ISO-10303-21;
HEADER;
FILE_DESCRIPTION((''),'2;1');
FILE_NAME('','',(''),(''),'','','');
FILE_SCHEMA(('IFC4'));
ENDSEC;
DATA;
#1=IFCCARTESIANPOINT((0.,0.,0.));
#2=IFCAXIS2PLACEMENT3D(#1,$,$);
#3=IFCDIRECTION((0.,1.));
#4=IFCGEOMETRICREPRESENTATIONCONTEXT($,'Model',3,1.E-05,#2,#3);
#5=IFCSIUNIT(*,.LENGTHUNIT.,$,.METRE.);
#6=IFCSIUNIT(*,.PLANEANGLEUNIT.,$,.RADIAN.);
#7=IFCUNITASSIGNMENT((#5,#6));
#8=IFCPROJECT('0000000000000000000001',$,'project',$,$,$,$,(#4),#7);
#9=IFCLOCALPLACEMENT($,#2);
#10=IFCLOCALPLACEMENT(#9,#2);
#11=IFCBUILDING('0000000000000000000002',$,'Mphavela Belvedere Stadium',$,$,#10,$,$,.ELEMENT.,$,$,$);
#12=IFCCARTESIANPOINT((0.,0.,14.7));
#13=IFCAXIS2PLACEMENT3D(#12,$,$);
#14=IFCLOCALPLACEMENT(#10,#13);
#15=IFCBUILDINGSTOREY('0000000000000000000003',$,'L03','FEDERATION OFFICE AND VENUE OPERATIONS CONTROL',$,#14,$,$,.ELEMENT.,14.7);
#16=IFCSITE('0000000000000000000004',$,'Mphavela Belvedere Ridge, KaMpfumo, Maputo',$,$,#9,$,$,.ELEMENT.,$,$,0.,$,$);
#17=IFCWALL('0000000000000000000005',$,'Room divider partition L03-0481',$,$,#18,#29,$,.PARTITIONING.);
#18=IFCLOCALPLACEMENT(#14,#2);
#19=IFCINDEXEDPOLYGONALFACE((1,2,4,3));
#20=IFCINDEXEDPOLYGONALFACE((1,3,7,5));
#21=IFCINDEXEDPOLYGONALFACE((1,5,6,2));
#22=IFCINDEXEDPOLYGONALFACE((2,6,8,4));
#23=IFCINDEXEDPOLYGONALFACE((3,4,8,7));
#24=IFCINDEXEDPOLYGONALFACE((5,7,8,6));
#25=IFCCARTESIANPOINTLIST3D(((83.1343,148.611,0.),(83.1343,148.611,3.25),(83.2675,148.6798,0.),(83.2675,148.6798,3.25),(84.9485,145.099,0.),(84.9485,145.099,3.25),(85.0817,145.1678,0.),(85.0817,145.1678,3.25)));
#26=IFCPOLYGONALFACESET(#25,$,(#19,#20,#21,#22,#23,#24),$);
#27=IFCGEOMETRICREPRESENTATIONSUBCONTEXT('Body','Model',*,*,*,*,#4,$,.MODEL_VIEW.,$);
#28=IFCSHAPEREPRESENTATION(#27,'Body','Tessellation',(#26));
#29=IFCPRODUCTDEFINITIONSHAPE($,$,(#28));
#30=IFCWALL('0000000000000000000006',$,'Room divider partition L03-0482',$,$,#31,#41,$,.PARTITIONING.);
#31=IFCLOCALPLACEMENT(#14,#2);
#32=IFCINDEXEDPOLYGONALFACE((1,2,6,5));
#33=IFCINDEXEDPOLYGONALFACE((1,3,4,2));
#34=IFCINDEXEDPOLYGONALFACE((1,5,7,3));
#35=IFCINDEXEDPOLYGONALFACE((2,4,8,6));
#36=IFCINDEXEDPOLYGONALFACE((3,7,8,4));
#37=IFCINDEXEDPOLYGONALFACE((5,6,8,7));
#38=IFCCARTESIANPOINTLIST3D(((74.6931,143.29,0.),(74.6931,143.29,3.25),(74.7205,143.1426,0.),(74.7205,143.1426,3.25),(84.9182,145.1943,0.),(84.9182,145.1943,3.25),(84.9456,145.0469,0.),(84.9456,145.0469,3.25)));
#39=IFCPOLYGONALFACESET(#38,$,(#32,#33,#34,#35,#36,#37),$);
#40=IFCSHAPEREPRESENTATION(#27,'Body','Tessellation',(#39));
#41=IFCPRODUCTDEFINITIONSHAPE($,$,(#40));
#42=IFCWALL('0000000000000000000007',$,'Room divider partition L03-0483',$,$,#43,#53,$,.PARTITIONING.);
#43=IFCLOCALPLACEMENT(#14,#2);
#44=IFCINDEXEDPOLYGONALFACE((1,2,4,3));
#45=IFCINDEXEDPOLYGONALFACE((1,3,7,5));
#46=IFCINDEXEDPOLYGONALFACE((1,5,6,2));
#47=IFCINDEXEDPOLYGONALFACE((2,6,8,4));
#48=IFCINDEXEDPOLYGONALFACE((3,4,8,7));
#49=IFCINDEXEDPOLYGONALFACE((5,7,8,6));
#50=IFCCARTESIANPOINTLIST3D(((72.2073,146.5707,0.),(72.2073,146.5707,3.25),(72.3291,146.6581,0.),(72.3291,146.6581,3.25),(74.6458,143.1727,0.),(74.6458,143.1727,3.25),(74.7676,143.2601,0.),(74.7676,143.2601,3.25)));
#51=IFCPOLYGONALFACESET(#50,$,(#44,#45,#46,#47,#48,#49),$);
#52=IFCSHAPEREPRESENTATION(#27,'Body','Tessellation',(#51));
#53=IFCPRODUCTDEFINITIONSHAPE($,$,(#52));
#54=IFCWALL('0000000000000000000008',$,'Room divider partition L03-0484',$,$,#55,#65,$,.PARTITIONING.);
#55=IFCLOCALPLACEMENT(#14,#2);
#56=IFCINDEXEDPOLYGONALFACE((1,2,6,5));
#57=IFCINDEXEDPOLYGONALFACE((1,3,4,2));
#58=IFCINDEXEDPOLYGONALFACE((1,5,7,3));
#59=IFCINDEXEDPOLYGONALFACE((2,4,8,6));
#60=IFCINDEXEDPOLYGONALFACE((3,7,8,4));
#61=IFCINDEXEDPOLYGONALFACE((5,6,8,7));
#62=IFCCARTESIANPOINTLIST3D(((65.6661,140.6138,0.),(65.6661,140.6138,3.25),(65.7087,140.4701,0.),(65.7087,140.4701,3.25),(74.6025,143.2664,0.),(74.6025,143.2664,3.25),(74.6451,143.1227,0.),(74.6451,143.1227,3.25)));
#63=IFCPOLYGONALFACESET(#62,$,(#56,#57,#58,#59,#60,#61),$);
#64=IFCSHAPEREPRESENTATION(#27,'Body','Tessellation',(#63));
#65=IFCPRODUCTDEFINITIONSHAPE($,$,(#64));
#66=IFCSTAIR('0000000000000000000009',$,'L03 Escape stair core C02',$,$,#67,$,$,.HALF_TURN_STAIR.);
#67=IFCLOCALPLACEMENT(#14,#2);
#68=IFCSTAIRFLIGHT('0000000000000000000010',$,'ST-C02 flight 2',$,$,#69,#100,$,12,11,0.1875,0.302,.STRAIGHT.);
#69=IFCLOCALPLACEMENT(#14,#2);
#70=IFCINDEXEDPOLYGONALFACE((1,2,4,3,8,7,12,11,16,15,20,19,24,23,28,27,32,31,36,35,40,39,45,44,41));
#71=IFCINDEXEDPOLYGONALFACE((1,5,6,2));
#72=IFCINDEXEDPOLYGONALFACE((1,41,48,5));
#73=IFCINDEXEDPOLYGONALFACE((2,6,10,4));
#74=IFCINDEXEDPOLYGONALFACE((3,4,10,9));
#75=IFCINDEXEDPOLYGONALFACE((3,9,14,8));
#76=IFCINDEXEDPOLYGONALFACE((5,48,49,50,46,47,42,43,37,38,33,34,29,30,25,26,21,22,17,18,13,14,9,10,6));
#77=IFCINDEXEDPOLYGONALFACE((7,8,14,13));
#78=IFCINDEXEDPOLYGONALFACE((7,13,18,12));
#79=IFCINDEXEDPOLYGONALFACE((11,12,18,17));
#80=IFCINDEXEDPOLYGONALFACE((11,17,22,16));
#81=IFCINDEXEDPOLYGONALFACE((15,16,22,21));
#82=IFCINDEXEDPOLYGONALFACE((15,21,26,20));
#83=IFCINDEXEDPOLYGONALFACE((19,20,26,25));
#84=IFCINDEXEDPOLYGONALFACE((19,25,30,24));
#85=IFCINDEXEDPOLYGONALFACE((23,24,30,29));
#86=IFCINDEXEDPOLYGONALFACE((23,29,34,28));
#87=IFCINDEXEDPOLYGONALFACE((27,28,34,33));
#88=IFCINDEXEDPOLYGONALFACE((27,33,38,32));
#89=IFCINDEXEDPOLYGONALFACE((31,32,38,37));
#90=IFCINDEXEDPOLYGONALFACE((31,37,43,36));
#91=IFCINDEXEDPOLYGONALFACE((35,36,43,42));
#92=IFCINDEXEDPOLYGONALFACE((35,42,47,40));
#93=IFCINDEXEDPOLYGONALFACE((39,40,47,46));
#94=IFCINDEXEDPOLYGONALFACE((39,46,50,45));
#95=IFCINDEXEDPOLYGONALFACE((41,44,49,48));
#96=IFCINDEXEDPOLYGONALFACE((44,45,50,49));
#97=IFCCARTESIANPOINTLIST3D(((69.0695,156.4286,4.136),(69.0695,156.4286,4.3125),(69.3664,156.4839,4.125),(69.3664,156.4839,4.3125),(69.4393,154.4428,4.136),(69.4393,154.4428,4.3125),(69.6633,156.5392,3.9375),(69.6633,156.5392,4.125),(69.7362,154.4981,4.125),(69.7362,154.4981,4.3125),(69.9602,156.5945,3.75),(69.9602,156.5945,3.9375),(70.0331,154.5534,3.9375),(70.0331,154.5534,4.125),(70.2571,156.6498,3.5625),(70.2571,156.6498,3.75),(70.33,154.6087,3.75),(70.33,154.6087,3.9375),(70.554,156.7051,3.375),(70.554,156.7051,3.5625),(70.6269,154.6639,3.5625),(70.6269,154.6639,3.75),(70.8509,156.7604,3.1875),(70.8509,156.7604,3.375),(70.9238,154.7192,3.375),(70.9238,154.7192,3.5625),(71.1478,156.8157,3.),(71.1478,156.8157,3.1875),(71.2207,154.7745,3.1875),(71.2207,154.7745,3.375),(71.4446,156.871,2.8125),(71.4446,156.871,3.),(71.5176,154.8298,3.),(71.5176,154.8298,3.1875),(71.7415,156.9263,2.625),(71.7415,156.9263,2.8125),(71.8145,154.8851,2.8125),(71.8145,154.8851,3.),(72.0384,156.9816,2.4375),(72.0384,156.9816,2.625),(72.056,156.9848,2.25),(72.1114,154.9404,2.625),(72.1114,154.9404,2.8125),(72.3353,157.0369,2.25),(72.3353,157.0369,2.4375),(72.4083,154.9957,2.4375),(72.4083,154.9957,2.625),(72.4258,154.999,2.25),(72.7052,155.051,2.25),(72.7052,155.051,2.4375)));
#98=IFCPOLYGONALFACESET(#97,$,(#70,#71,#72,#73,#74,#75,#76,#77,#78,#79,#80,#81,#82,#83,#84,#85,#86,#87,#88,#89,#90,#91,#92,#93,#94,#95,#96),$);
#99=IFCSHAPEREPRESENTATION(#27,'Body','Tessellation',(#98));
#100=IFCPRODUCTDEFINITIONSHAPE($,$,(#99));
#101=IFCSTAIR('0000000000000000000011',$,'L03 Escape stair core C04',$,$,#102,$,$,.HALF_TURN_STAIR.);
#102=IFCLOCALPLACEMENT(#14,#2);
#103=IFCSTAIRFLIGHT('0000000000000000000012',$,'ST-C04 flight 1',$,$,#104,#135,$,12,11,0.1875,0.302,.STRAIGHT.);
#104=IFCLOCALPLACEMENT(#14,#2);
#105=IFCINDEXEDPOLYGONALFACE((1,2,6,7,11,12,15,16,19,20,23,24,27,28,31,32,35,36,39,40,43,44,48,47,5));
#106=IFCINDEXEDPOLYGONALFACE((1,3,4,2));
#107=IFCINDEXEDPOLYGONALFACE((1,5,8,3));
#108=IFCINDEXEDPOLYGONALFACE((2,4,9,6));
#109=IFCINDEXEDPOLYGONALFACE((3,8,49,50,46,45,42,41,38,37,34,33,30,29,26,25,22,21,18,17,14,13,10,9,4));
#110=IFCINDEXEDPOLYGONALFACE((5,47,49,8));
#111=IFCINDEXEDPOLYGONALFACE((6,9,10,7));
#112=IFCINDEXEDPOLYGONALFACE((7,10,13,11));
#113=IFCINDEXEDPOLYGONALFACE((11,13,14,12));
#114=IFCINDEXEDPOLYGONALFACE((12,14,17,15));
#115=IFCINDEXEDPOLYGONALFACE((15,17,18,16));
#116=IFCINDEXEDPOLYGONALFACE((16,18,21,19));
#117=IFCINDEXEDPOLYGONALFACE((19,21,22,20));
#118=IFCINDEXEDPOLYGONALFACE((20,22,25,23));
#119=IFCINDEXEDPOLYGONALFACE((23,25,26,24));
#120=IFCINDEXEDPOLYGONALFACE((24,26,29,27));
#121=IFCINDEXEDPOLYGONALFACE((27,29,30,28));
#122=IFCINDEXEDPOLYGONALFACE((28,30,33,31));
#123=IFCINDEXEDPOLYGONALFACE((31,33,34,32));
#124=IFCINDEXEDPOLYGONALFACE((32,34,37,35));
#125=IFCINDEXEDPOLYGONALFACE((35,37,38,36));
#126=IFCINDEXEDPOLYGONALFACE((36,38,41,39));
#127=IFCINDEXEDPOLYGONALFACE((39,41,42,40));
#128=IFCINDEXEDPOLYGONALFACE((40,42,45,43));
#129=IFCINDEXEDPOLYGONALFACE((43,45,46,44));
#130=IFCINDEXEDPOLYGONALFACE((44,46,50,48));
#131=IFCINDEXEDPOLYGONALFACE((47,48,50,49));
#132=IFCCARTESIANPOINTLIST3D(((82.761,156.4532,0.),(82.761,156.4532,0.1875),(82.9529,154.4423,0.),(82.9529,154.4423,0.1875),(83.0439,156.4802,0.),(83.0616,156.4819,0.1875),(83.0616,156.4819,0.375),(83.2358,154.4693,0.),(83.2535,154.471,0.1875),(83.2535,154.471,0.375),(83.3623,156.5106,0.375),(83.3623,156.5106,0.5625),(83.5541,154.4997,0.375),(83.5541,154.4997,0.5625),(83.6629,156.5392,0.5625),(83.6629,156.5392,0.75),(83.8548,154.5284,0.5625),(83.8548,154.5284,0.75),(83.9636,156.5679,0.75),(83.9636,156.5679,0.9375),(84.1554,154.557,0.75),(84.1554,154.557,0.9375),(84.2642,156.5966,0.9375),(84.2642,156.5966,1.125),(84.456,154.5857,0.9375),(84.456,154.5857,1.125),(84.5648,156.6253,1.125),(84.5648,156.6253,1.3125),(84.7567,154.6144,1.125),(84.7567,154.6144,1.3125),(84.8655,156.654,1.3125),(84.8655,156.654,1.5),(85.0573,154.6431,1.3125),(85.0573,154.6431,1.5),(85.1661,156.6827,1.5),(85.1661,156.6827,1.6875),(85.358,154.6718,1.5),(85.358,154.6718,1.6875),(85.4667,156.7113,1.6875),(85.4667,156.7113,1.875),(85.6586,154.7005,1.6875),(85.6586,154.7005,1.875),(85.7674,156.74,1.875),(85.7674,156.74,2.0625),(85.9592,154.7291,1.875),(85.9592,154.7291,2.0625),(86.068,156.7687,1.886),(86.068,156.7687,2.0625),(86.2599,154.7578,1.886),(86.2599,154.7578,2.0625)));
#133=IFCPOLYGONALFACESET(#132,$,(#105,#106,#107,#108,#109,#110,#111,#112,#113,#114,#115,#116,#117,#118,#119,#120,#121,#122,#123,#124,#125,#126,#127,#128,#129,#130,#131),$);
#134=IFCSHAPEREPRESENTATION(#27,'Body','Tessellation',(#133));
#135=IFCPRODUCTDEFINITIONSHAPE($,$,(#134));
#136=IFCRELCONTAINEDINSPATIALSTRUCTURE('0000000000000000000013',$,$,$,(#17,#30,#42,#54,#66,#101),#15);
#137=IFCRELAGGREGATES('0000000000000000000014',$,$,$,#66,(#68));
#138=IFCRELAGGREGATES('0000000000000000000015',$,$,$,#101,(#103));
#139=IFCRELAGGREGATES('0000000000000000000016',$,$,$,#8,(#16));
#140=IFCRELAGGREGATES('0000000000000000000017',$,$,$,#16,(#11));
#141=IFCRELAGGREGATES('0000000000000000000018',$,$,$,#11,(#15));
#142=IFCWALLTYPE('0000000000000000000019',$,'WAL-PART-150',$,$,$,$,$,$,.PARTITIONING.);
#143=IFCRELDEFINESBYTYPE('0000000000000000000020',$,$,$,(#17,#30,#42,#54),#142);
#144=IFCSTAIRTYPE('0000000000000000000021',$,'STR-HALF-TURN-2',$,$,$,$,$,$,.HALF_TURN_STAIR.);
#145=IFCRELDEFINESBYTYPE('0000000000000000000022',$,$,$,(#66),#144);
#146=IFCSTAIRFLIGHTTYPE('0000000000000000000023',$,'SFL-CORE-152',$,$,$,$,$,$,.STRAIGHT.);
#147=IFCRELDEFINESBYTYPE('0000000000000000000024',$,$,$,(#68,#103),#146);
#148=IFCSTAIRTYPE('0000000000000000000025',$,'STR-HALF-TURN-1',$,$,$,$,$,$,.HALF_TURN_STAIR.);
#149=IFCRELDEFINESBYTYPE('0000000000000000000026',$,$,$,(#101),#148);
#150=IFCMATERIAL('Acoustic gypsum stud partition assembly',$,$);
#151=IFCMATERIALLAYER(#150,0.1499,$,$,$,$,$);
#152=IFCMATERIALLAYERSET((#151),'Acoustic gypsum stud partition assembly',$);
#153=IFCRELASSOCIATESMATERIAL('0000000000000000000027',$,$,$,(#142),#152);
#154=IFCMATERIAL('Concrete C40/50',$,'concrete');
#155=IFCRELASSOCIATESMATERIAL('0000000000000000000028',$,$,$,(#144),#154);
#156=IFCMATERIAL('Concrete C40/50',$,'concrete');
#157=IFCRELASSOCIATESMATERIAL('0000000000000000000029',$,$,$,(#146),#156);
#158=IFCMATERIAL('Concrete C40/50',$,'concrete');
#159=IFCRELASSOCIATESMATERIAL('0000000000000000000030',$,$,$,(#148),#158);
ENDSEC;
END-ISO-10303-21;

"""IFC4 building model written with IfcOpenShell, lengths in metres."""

from ifc_helpers import new_model, si_unit, direction, frame, frame_2d, origin, place, context, subcontext, project, spatial, polyline, rectangle, outline, extrude, material, layer, layer_set, type_object, element, aggregate, save


model = new_model("IFC4")

# Units and contexts
model_context = context("Model", 3, precision=1e-05, world=origin(), true_north=direction((0.0, 1.0)))
body_context = subcontext(model_context, "Body", "Model", "MODEL_VIEW")
ifc_project = project(units=[si_unit("LENGTHUNIT", "METRE"), si_unit("PLANEANGLEUNIT", "RADIAN")], contexts=[model_context])

# Site, building, storey
site_placement = place(None, origin())
site = spatial("IfcSite", under=ifc_project, at=site_placement, Name="Mphavela Belvedere Ridge, KaMpfumo, Maputo", CompositionType="ELEMENT", RefElevation=0.0)
building_placement = place(site_placement, origin())
building = spatial("IfcBuilding", under=site, at=building_placement, Name="Mphavela Belvedere Stadium", CompositionType="ELEMENT")
storey_placement = place(building_placement, frame((0.0, 0.0, 14.7)))
storey = spatial("IfcBuildingStorey", under=building, at=storey_placement, Name="L03", Description="FEDERATION OFFICE AND VENUE OPERATIONS CONTROL", CompositionType="ELEMENT", Elevation=14.7)

# Shared definitions
ifc_material_1 = material(Name="Acoustic gypsum stud partition assembly")
ifc_layer_1 = layer(ifc_material_1, 0.1499)
ifc_layer_set_1 = layer_set([ifc_layer_1], Name="Acoustic gypsum stud partition assembly")
wall_type_1 = type_object("IfcWallType", Name="WAL-PART-150", PredefinedType="PARTITIONING", material=ifc_layer_set_1)

# Walls
wall_1_placement = place(storey_placement, frame((85.0151, 145.1333, 0.0), z_axis=(0.0, 0.0, 1.0), x_axis=(-0.458959, 0.888457, 0.0)))
element("IfcWall", 1, at=wall_1_placement, inside=storey, type_object=wall_type_1, Name="Room divider partition L03-0481", PredefinedType="PARTITIONING", context=body_context, shape_type="SweptSolid", body=[
    extrude(rectangle(XDim=3.9529, YDim=0.1499, at=frame_2d((1.9766, 0.0))), origin(), (0.0, 0.0, 1.0), 3.25),
])
wall_2_placement = place(storey_placement, frame((84.9319, 145.1206, 0.0), z_axis=(0.0, 0.0, 1.0), x_axis=(-0.983096, -0.183089, 0.0)))
element("IfcWall", 2, at=wall_2_placement, inside=storey, type_object=wall_type_1, Name="Room divider partition L03-0482", PredefinedType="PARTITIONING", context=body_context, shape_type="SweptSolid", body=[
    extrude(rectangle(XDim=10.4009, YDim=0.1499, at=frame_2d((5.2004, 0.0))), origin(), (0.0, 0.0, 1.0), 3.25),
])
wall_3_placement = place(storey_placement, frame((74.7068, 143.2163, 0.0), z_axis=(0.0, 0.0, 1.0), x_axis=(-0.583037, 0.812446, 0.0)))
element("IfcWall", 3, at=wall_3_placement, inside=storey, type_object=wall_type_1, Name="Room divider partition L03-0483", PredefinedType="PARTITIONING", context=body_context, shape_type="SweptSolid", body=[
    extrude(rectangle(XDim=4.1824, YDim=0.1499, at=frame_2d((2.0913, 0.0))), origin(), (0.0, 0.0, 1.0), 3.25),
])
wall_4_placement = place(storey_placement, frame((74.6238, 143.1946, 0.0), z_axis=(0.0, 0.0, 1.0), x_axis=(-0.958658, -0.284562, 0.0)))
element("IfcWall", 4, at=wall_4_placement, inside=storey, type_object=wall_type_1, Name="Room divider partition L03-0484", PredefinedType="PARTITIONING", context=body_context, shape_type="SweptSolid", body=[
    extrude(rectangle(XDim=9.3218, YDim=0.1499, at=frame_2d((4.6609, 0.0))), origin(), (0.0, 0.0, 1.0), 3.25),
])

# Stairs, stair flights
ifc_material_2 = material(Name="Concrete C40/50", Category="concrete")
stair_type_1 = type_object("IfcStairType", Name="STR-HALF-TURN-2", PredefinedType="HALF_TURN_STAIR", material=ifc_material_2)
stair_1_placement = place(storey_placement, origin())
stair_1 = element("IfcStair", 5, at=stair_1_placement, inside=storey, type_object=stair_type_1, Name="L03 Escape stair core C02", PredefinedType="HALF_TURN_STAIR")
ifc_material_3 = material(Name="Concrete C40/50", Category="concrete")
stair_flight_type = type_object("IfcStairFlightType", Name="SFL-CORE-152", PredefinedType="STRAIGHT", material=ifc_material_3)
stair_flight_1_placement = place(storey_placement, frame((72.5203, 156.0439, 2.25), z_axis=(0.0, 0.0, 1.0), x_axis=(-0.983096, -0.183094, 0.0)))
stair_flight_1 = element("IfcStairFlight", 6, at=stair_flight_1_placement, type_object=stair_flight_type, Name="ST-C02 flight 2", NumberOfRisers=12, NumberOfTreads=11, PredefinedType="STRAIGHT", RiserHeight=0.1875, TreadLength=0.302, context=body_context, shape_type="SweptSolid", body=[
    extrude(outline(polyline([(0.0, 0.0), (0.0, 0.1875), (0.302, 0.1875), (0.302, 0.375), (0.604, 0.375), (0.604, 0.5625), (0.906, 0.5625), (0.906, 0.75), (1.208, 0.75), (1.208, 0.9375), (1.51, 0.9375), (1.51, 1.125), (1.812, 1.125), (1.812, 1.3125), (2.114, 1.3125), (2.114, 1.5), (2.416, 1.5), (2.416, 1.6875), (2.718, 1.6875), (2.718, 1.875), (3.02, 1.875), (3.02, 2.0625), (3.322, 2.0625), (3.322, 2.25), (3.322, 1.886), (0.2842, 0.0), (0.0, 0.0)])), frame((0.0, 1.01, 0.0), z_axis=(0.0, -1.0, 0.0), x_axis=(1.0, 0.0, 0.0)), (0.0, 0.0, 1.0), 2.02),
])
aggregate(stair_1, [stair_flight_1])
ifc_material_4 = material(Name="Concrete C40/50", Category="concrete")
stair_type_2 = type_object("IfcStairType", Name="STR-HALF-TURN-1", PredefinedType="HALF_TURN_STAIR", material=ifc_material_4)
stair_2_placement = place(storey_placement, origin())
stair_2 = element("IfcStair", 7, at=stair_2_placement, inside=storey, type_object=stair_type_2, Name="L03 Escape stair core C04", PredefinedType="HALF_TURN_STAIR")
stair_flight_2_placement = place(storey_placement, frame((82.8569, 155.4478, 0.0), z_axis=(0.0, 0.0, 1.0), x_axis=(0.995479, 0.094977, 0.0)))
stair_flight_2 = element("IfcStairFlight", 8, at=stair_flight_2_placement, type_object=stair_flight_type, Name="ST-C04 flight 1", NumberOfRisers=12, NumberOfTreads=11, PredefinedType="STRAIGHT", RiserHeight=0.1875, TreadLength=0.302, context=body_context, shape_type="SweptSolid", body=[
    extrude(outline(polyline([(0.0, 0.0), (0.0, 0.1875), (0.302, 0.1875), (0.302, 0.375), (0.604, 0.375), (0.604, 0.5625), (0.906, 0.5625), (0.906, 0.75), (1.208, 0.75), (1.208, 0.9375), (1.51, 0.9375), (1.51, 1.125), (1.812, 1.125), (1.812, 1.3125), (2.114, 1.3125), (2.114, 1.5), (2.416, 1.5), (2.416, 1.6875), (2.718, 1.6875), (2.718, 1.875), (3.02, 1.875), (3.02, 2.0625), (3.322, 2.0625), (3.322, 2.25), (3.322, 1.886), (0.2842, 0.0), (0.0, 0.0)])), frame((0.0, 1.01, 0.0), z_axis=(0.0, -1.0, 0.0), x_axis=(1.0, 0.0, 0.0)), (0.0, 0.0, 1.0), 2.02),
])
aggregate(stair_2, [stair_flight_2])

save(model, "model.ifc")
